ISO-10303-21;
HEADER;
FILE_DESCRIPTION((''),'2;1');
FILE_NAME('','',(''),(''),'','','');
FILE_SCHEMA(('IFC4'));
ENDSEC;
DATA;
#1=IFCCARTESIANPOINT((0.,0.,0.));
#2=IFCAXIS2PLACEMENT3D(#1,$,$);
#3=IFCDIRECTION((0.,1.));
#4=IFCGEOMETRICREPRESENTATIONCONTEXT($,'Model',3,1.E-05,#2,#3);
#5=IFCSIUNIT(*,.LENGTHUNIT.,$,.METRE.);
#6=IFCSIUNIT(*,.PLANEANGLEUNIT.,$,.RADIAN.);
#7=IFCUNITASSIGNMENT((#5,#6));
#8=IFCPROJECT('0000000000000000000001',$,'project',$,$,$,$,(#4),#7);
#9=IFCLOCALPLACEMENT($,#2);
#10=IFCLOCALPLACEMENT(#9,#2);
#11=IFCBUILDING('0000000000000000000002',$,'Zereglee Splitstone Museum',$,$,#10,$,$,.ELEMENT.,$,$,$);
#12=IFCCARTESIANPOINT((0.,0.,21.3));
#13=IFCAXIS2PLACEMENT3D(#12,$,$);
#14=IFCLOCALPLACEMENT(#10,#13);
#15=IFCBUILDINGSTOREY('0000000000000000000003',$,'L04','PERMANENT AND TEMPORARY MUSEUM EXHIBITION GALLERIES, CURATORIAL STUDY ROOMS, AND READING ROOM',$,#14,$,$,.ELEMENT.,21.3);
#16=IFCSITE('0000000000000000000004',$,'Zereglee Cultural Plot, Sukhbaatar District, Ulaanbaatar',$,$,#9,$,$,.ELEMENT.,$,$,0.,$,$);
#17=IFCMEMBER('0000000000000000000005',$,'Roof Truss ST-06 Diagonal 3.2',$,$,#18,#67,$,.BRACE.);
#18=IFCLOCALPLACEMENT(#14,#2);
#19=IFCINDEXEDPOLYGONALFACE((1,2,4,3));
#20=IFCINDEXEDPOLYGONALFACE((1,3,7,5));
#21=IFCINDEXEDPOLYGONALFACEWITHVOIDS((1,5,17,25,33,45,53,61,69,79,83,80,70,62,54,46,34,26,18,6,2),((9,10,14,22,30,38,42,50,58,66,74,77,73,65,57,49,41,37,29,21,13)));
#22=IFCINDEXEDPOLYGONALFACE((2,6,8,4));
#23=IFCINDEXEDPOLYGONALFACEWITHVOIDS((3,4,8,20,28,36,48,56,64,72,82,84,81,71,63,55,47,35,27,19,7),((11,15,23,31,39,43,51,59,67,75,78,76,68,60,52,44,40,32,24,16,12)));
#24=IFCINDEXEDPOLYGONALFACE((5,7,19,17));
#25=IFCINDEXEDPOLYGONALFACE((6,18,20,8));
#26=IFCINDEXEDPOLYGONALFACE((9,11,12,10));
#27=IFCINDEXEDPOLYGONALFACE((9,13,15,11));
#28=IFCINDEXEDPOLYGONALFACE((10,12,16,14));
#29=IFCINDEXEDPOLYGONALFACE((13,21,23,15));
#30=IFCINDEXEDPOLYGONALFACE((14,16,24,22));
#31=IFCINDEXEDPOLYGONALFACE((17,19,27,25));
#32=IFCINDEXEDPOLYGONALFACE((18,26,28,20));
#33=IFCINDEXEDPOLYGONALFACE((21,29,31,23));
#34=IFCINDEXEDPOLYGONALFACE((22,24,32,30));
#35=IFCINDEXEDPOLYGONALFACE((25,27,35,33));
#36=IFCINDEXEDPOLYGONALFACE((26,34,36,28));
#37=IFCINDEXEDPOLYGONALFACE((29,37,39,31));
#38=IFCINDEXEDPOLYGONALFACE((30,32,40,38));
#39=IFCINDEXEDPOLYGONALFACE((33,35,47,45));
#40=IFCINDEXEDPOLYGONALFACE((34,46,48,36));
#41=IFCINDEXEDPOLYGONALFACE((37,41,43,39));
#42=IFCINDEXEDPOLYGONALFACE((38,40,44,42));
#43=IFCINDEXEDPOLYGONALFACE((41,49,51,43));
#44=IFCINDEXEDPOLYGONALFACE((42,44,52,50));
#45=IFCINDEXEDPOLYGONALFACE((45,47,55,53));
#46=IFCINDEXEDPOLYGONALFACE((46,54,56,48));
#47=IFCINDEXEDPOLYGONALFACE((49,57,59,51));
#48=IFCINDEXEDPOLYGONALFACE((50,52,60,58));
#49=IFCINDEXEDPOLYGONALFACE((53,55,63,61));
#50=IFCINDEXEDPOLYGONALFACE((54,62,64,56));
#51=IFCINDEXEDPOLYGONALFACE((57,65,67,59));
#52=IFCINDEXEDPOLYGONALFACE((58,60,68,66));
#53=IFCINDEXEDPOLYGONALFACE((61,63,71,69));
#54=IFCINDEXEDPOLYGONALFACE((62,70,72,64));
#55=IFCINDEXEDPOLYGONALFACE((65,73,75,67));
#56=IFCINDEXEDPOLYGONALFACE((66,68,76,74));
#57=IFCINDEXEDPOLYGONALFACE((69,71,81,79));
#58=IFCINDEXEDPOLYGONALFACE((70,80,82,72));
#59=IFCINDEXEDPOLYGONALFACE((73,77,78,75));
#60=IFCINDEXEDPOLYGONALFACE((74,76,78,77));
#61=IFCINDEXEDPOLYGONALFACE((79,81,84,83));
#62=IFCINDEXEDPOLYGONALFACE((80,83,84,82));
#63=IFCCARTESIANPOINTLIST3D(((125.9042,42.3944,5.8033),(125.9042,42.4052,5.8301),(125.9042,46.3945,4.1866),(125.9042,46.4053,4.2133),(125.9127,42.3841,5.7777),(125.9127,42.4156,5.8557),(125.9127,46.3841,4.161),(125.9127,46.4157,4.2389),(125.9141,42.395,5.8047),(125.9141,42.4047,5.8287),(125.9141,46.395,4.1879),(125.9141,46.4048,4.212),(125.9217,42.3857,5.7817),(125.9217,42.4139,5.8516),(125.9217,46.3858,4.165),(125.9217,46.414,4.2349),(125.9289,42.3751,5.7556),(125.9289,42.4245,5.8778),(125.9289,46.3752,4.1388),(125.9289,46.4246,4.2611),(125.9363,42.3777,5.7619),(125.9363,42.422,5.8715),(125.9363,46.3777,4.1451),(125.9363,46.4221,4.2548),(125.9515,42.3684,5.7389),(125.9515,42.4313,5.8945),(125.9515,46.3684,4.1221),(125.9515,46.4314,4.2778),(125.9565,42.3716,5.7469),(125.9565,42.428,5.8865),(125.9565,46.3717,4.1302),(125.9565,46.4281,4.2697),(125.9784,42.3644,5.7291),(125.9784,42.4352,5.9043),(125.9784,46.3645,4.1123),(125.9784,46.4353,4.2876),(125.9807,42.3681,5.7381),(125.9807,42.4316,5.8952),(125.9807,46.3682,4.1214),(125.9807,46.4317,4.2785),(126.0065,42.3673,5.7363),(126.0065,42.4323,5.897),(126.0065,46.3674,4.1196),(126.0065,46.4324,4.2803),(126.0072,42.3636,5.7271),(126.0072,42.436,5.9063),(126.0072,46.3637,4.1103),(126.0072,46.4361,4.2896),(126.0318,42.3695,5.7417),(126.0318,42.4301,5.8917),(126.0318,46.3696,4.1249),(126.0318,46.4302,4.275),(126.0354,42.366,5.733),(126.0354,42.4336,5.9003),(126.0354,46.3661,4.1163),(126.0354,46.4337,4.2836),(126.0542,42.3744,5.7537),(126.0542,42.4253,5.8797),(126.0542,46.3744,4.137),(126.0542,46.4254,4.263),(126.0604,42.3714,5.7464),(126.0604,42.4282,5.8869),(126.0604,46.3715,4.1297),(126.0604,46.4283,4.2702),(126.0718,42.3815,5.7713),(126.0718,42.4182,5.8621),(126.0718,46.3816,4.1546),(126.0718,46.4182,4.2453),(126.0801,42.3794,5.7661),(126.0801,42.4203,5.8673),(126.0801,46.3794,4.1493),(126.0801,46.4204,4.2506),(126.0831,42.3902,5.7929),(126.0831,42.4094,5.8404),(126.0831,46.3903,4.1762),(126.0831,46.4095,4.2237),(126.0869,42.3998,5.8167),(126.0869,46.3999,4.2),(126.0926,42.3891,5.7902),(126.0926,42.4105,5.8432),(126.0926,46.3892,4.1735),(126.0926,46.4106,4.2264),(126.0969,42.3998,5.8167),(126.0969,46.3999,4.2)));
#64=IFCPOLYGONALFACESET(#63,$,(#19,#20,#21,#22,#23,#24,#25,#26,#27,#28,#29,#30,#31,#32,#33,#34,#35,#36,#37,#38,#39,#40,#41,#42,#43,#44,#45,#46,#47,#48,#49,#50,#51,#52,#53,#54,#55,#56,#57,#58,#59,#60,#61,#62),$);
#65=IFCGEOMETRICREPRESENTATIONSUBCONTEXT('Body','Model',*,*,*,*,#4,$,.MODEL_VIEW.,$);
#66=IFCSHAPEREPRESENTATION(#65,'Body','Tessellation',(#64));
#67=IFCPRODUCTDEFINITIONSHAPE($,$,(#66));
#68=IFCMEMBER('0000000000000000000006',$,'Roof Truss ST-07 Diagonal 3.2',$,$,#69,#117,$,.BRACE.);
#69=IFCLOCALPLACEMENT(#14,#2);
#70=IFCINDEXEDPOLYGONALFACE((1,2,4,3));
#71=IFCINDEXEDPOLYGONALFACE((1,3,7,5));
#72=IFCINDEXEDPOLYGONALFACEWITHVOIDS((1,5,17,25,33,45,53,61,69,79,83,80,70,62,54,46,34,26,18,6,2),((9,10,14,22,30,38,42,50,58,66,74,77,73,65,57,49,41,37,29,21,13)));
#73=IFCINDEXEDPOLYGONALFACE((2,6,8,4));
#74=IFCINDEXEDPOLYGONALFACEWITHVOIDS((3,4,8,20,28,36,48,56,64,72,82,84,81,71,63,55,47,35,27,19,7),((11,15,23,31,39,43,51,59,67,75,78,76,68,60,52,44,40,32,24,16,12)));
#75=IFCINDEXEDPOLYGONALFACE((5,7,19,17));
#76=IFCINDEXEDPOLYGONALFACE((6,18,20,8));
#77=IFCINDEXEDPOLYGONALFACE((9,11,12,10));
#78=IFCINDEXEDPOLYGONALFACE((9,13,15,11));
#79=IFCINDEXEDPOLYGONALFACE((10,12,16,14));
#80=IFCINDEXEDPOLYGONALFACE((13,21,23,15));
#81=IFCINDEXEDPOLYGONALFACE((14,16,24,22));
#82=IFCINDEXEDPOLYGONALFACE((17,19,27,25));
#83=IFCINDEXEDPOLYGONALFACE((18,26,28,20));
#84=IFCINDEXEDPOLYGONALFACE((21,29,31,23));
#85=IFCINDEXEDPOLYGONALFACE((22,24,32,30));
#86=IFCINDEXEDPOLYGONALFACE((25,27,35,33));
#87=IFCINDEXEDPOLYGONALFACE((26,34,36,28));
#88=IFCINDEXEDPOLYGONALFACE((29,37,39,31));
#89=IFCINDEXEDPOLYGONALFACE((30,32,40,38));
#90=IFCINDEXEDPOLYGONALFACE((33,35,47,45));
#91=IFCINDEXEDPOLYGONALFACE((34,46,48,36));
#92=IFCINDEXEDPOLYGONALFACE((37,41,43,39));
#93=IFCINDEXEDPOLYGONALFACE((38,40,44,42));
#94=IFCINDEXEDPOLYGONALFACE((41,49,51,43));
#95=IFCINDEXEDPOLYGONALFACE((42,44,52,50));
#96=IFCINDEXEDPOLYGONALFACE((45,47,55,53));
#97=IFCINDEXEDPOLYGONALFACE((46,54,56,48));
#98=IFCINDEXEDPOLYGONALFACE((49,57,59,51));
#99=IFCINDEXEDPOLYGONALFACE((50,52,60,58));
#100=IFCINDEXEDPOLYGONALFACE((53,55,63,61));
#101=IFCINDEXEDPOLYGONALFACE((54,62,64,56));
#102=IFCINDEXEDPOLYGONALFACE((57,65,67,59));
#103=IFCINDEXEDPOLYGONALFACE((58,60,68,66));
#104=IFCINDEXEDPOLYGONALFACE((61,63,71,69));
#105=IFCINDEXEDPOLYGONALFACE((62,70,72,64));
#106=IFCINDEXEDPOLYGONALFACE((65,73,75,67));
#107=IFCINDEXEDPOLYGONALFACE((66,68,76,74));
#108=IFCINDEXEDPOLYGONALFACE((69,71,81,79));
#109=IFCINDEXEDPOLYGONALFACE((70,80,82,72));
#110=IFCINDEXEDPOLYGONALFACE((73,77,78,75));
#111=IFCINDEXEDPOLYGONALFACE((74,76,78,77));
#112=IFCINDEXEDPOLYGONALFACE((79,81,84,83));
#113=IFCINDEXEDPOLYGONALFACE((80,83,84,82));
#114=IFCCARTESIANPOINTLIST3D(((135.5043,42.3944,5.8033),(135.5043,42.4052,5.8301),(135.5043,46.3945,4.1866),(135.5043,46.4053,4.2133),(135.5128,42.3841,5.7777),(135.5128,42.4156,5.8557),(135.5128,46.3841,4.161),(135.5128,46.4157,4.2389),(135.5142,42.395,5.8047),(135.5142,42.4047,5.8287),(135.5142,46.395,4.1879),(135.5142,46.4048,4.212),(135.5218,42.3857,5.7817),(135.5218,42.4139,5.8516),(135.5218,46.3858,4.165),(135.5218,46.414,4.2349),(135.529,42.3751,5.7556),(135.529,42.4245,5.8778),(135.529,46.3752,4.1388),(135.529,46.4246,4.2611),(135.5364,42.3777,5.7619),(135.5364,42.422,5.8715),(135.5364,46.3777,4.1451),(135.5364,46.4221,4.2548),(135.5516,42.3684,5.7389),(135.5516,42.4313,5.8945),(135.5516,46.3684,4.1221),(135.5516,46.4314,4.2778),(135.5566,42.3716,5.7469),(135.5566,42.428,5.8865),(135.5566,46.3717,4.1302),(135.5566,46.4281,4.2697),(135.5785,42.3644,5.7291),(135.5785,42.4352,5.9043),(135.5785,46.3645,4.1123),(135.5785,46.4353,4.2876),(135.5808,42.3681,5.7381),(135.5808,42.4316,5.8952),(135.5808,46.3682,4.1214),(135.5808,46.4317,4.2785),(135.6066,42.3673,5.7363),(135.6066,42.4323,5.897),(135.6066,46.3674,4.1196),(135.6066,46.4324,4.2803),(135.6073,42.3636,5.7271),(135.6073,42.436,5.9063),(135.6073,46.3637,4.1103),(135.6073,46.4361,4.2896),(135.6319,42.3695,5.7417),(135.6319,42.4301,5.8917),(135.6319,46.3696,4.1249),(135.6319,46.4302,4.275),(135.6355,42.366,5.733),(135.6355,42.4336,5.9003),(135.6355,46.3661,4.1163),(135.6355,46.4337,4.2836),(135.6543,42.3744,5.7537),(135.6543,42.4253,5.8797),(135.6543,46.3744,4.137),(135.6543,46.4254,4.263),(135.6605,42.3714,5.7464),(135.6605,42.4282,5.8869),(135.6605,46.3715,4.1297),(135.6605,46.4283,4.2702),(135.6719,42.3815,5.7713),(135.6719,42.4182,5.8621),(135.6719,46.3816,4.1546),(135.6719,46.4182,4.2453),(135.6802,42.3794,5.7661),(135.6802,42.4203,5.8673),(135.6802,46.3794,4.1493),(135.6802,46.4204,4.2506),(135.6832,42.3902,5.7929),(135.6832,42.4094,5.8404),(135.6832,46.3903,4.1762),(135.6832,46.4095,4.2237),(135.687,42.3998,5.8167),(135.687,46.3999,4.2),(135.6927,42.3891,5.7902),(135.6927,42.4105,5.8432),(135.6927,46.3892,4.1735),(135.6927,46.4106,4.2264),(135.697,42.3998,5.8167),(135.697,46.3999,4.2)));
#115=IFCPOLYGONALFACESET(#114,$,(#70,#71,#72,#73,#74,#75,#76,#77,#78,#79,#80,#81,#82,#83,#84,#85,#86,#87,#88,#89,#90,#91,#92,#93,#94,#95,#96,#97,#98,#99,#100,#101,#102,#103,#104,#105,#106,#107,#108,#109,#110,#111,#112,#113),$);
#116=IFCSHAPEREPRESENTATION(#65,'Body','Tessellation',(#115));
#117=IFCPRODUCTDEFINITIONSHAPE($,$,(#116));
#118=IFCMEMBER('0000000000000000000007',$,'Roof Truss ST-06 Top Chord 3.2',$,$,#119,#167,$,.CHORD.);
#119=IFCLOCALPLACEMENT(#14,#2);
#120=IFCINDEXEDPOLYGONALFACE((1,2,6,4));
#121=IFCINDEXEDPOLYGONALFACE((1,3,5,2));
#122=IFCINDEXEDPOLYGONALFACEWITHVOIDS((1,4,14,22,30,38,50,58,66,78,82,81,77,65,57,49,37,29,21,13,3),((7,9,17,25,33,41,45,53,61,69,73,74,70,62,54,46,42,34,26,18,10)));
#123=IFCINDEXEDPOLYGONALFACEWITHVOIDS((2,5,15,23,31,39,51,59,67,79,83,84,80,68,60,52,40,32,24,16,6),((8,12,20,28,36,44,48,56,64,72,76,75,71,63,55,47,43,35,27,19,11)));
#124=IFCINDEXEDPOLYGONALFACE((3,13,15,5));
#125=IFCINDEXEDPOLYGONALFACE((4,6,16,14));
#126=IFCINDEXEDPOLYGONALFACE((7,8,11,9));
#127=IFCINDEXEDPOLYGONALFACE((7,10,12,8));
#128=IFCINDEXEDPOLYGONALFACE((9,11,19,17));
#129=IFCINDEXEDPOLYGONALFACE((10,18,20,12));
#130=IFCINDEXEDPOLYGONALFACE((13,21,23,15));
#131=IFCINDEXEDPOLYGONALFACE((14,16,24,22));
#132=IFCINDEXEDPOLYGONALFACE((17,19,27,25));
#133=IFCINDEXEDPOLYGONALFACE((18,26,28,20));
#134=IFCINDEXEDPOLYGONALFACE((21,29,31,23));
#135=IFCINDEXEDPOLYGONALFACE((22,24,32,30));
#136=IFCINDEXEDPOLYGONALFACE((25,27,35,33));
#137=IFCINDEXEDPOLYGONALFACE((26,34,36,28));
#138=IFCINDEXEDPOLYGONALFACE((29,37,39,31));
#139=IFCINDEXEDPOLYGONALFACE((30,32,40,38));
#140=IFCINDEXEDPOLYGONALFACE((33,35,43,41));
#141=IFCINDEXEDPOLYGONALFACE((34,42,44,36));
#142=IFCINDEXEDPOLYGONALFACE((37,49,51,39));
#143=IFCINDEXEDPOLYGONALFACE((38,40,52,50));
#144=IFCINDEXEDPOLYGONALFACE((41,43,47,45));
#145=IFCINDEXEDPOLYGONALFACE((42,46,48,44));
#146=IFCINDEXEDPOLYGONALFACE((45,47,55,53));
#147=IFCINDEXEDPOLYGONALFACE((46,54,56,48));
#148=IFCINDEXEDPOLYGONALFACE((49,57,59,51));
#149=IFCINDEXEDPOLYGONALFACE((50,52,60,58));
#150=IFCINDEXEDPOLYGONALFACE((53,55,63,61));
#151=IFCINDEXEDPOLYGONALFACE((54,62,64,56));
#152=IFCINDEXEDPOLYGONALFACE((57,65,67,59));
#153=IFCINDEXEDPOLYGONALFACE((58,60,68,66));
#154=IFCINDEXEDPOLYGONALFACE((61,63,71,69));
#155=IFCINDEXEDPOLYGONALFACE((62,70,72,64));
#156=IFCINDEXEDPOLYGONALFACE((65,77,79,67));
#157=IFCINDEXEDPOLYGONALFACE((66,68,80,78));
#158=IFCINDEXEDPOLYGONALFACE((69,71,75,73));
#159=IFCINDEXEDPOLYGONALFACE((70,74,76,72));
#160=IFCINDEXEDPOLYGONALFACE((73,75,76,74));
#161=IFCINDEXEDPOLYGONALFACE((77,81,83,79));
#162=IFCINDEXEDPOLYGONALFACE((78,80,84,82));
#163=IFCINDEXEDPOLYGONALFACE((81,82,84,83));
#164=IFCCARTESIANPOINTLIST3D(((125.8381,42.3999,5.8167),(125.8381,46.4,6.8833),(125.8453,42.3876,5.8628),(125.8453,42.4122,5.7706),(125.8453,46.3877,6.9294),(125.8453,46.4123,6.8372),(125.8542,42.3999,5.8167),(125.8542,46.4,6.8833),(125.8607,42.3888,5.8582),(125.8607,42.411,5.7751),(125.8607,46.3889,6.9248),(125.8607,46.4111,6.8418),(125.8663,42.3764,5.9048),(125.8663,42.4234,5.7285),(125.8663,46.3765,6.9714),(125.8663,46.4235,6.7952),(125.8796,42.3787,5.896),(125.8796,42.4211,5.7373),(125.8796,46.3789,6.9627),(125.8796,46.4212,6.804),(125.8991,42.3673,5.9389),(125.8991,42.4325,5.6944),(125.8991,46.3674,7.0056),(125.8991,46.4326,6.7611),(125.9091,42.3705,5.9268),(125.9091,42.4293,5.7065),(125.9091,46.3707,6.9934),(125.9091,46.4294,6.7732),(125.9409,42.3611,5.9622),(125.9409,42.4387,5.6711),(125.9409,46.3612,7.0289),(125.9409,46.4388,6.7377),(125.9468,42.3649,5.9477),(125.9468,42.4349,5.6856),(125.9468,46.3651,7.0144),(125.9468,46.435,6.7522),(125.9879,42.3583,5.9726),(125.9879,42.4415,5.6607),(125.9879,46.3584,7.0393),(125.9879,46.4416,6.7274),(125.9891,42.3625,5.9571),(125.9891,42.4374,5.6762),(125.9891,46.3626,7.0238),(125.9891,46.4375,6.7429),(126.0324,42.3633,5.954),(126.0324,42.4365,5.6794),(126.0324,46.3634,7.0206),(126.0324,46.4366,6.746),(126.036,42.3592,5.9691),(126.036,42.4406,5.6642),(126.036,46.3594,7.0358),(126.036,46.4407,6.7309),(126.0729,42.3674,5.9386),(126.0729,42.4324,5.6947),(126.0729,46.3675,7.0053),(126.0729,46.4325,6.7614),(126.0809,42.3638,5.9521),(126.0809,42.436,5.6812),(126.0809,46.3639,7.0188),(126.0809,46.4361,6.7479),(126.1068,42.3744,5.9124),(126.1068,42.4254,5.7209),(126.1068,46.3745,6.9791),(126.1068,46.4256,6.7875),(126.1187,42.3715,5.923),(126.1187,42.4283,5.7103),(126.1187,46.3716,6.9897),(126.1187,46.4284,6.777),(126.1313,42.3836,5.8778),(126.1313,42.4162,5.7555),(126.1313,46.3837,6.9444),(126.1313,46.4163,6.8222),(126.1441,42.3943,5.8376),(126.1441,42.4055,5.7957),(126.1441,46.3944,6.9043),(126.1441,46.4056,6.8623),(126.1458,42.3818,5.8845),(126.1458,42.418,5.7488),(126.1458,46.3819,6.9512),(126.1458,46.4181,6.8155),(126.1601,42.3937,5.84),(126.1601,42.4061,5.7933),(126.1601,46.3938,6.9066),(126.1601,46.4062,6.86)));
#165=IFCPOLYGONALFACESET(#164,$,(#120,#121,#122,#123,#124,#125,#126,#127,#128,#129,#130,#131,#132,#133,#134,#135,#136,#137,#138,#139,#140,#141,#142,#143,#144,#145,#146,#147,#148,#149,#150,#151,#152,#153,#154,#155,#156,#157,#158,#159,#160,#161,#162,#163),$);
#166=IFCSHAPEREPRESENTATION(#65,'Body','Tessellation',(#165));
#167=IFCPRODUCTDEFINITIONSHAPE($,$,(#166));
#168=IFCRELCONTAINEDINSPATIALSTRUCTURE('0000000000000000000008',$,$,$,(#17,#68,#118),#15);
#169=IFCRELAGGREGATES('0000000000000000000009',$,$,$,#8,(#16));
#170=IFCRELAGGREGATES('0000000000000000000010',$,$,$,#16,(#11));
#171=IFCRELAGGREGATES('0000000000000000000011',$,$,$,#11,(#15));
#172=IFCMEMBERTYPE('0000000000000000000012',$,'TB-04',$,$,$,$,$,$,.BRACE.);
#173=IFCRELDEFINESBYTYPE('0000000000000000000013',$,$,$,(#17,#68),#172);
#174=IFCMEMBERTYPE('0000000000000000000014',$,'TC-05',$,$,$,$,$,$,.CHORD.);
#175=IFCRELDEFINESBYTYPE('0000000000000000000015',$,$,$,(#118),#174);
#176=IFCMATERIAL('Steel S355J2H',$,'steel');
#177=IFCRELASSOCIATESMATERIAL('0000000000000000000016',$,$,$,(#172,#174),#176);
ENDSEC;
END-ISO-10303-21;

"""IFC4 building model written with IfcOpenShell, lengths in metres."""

from ifc_helpers import new_model, si_unit, direction, frame, origin, origin_2d, place, context, subcontext, project, spatial, hollow_circle, extrude, material, material_profile, profile_set, type_object, element, save


model = new_model("IFC4")

# Units and contexts
model_context = context("Model", 3, precision=1e-05, world=origin(), true_north=direction((0.0, 1.0)))
body_context = subcontext(model_context, "Body", "Model", "MODEL_VIEW")
ifc_project = project(units=[si_unit("LENGTHUNIT", "METRE"), si_unit("PLANEANGLEUNIT", "RADIAN")], contexts=[model_context])

# Site, building, storey
site_placement = place(None, origin())
site = spatial("IfcSite", under=ifc_project, at=site_placement, Name="Zereglee Cultural Plot, Sukhbaatar District, Ulaanbaatar", CompositionType="ELEMENT", RefElevation=0.0)
building_placement = place(site_placement, origin())
building = spatial("IfcBuilding", under=site, at=building_placement, Name="Zereglee Splitstone Museum", CompositionType="ELEMENT")
storey_placement = place(building_placement, frame((0.0, 0.0, 21.3)))
storey = spatial("IfcBuildingStorey", under=building, at=storey_placement, Name="L04", Description="PERMANENT AND TEMPORARY MUSEUM EXHIBITION GALLERIES, CURATORIAL STUDY ROOMS, AND READING ROOM", CompositionType="ELEMENT", Elevation=21.3)

# Members
ifc_material_1 = material(Name="Steel S355J2H", Category="steel")
ifc_material_profile_1 = material_profile(ifc_material_1, hollow_circle(Radius=0.0969, WallThickness=0.01, at=origin_2d()), Name="CHS 193.7x10")
ifc_profile_set_1 = profile_set([ifc_material_profile_1], Name="Steel S355J2H")
member_type_1 = type_object("IfcMemberType", Name="TB-04", PredefinedType="BRACE", material=ifc_profile_set_1)
for number, where, z_axis, x_axis, name in (
    (1, (126.0, 46.3999, 4.2), (0.0, -0.927136, 0.374725), (1.0, 0.0, 0.0), "Roof Truss ST-06 Diagonal 3.2"),
    (2, (135.6001, 46.3999, 4.2), (0.0, -0.927136, 0.374725), (1.0, 0.0, 0.0), "Roof Truss ST-07 Diagonal 3.2"),
):
    element("IfcMember", number, at=place(storey_placement, frame(where, z_axis=z_axis, x_axis=x_axis)), inside=storey, type_object=member_type_1, Name=name, PredefinedType="BRACE", context=body_context, shape_type="SweptSolid", body=[
        extrude(hollow_circle(Radius=0.0969, WallThickness=0.01, at=origin_2d()), origin(), (0.0, 0.0, 1.0), 4.3145),
    ])
ifc_material_profile_2 = material_profile(ifc_material_1, hollow_circle(Radius=0.1619, WallThickness=0.0161, at=origin_2d()), Name="CHS 323.9x16")
ifc_profile_set_2 = profile_set([ifc_material_profile_2], Name="Steel S355J2H")
member_type_2 = type_object("IfcMemberType", Name="TC-05", PredefinedType="CHORD", material=ifc_profile_set_2)
for number, where, z_axis, x_axis, name in (
    (3, (126.0, 42.3999, 5.8167), (0.0, 0.966236, 0.257659), (-1.0, 0.0, 0.0), "Roof Truss ST-06 Top Chord 3.2"),
):
    element("IfcMember", number, at=place(storey_placement, frame(where, z_axis=z_axis, x_axis=x_axis)), inside=storey, type_object=member_type_2, Name=name, PredefinedType="CHORD", context=body_context, shape_type="SweptSolid", body=[
        extrude(hollow_circle(Radius=0.1619, WallThickness=0.0161, at=origin_2d()), origin(), (0.0, 0.0, 1.0), 4.1399),
    ])

save(model, "model.ifc")
